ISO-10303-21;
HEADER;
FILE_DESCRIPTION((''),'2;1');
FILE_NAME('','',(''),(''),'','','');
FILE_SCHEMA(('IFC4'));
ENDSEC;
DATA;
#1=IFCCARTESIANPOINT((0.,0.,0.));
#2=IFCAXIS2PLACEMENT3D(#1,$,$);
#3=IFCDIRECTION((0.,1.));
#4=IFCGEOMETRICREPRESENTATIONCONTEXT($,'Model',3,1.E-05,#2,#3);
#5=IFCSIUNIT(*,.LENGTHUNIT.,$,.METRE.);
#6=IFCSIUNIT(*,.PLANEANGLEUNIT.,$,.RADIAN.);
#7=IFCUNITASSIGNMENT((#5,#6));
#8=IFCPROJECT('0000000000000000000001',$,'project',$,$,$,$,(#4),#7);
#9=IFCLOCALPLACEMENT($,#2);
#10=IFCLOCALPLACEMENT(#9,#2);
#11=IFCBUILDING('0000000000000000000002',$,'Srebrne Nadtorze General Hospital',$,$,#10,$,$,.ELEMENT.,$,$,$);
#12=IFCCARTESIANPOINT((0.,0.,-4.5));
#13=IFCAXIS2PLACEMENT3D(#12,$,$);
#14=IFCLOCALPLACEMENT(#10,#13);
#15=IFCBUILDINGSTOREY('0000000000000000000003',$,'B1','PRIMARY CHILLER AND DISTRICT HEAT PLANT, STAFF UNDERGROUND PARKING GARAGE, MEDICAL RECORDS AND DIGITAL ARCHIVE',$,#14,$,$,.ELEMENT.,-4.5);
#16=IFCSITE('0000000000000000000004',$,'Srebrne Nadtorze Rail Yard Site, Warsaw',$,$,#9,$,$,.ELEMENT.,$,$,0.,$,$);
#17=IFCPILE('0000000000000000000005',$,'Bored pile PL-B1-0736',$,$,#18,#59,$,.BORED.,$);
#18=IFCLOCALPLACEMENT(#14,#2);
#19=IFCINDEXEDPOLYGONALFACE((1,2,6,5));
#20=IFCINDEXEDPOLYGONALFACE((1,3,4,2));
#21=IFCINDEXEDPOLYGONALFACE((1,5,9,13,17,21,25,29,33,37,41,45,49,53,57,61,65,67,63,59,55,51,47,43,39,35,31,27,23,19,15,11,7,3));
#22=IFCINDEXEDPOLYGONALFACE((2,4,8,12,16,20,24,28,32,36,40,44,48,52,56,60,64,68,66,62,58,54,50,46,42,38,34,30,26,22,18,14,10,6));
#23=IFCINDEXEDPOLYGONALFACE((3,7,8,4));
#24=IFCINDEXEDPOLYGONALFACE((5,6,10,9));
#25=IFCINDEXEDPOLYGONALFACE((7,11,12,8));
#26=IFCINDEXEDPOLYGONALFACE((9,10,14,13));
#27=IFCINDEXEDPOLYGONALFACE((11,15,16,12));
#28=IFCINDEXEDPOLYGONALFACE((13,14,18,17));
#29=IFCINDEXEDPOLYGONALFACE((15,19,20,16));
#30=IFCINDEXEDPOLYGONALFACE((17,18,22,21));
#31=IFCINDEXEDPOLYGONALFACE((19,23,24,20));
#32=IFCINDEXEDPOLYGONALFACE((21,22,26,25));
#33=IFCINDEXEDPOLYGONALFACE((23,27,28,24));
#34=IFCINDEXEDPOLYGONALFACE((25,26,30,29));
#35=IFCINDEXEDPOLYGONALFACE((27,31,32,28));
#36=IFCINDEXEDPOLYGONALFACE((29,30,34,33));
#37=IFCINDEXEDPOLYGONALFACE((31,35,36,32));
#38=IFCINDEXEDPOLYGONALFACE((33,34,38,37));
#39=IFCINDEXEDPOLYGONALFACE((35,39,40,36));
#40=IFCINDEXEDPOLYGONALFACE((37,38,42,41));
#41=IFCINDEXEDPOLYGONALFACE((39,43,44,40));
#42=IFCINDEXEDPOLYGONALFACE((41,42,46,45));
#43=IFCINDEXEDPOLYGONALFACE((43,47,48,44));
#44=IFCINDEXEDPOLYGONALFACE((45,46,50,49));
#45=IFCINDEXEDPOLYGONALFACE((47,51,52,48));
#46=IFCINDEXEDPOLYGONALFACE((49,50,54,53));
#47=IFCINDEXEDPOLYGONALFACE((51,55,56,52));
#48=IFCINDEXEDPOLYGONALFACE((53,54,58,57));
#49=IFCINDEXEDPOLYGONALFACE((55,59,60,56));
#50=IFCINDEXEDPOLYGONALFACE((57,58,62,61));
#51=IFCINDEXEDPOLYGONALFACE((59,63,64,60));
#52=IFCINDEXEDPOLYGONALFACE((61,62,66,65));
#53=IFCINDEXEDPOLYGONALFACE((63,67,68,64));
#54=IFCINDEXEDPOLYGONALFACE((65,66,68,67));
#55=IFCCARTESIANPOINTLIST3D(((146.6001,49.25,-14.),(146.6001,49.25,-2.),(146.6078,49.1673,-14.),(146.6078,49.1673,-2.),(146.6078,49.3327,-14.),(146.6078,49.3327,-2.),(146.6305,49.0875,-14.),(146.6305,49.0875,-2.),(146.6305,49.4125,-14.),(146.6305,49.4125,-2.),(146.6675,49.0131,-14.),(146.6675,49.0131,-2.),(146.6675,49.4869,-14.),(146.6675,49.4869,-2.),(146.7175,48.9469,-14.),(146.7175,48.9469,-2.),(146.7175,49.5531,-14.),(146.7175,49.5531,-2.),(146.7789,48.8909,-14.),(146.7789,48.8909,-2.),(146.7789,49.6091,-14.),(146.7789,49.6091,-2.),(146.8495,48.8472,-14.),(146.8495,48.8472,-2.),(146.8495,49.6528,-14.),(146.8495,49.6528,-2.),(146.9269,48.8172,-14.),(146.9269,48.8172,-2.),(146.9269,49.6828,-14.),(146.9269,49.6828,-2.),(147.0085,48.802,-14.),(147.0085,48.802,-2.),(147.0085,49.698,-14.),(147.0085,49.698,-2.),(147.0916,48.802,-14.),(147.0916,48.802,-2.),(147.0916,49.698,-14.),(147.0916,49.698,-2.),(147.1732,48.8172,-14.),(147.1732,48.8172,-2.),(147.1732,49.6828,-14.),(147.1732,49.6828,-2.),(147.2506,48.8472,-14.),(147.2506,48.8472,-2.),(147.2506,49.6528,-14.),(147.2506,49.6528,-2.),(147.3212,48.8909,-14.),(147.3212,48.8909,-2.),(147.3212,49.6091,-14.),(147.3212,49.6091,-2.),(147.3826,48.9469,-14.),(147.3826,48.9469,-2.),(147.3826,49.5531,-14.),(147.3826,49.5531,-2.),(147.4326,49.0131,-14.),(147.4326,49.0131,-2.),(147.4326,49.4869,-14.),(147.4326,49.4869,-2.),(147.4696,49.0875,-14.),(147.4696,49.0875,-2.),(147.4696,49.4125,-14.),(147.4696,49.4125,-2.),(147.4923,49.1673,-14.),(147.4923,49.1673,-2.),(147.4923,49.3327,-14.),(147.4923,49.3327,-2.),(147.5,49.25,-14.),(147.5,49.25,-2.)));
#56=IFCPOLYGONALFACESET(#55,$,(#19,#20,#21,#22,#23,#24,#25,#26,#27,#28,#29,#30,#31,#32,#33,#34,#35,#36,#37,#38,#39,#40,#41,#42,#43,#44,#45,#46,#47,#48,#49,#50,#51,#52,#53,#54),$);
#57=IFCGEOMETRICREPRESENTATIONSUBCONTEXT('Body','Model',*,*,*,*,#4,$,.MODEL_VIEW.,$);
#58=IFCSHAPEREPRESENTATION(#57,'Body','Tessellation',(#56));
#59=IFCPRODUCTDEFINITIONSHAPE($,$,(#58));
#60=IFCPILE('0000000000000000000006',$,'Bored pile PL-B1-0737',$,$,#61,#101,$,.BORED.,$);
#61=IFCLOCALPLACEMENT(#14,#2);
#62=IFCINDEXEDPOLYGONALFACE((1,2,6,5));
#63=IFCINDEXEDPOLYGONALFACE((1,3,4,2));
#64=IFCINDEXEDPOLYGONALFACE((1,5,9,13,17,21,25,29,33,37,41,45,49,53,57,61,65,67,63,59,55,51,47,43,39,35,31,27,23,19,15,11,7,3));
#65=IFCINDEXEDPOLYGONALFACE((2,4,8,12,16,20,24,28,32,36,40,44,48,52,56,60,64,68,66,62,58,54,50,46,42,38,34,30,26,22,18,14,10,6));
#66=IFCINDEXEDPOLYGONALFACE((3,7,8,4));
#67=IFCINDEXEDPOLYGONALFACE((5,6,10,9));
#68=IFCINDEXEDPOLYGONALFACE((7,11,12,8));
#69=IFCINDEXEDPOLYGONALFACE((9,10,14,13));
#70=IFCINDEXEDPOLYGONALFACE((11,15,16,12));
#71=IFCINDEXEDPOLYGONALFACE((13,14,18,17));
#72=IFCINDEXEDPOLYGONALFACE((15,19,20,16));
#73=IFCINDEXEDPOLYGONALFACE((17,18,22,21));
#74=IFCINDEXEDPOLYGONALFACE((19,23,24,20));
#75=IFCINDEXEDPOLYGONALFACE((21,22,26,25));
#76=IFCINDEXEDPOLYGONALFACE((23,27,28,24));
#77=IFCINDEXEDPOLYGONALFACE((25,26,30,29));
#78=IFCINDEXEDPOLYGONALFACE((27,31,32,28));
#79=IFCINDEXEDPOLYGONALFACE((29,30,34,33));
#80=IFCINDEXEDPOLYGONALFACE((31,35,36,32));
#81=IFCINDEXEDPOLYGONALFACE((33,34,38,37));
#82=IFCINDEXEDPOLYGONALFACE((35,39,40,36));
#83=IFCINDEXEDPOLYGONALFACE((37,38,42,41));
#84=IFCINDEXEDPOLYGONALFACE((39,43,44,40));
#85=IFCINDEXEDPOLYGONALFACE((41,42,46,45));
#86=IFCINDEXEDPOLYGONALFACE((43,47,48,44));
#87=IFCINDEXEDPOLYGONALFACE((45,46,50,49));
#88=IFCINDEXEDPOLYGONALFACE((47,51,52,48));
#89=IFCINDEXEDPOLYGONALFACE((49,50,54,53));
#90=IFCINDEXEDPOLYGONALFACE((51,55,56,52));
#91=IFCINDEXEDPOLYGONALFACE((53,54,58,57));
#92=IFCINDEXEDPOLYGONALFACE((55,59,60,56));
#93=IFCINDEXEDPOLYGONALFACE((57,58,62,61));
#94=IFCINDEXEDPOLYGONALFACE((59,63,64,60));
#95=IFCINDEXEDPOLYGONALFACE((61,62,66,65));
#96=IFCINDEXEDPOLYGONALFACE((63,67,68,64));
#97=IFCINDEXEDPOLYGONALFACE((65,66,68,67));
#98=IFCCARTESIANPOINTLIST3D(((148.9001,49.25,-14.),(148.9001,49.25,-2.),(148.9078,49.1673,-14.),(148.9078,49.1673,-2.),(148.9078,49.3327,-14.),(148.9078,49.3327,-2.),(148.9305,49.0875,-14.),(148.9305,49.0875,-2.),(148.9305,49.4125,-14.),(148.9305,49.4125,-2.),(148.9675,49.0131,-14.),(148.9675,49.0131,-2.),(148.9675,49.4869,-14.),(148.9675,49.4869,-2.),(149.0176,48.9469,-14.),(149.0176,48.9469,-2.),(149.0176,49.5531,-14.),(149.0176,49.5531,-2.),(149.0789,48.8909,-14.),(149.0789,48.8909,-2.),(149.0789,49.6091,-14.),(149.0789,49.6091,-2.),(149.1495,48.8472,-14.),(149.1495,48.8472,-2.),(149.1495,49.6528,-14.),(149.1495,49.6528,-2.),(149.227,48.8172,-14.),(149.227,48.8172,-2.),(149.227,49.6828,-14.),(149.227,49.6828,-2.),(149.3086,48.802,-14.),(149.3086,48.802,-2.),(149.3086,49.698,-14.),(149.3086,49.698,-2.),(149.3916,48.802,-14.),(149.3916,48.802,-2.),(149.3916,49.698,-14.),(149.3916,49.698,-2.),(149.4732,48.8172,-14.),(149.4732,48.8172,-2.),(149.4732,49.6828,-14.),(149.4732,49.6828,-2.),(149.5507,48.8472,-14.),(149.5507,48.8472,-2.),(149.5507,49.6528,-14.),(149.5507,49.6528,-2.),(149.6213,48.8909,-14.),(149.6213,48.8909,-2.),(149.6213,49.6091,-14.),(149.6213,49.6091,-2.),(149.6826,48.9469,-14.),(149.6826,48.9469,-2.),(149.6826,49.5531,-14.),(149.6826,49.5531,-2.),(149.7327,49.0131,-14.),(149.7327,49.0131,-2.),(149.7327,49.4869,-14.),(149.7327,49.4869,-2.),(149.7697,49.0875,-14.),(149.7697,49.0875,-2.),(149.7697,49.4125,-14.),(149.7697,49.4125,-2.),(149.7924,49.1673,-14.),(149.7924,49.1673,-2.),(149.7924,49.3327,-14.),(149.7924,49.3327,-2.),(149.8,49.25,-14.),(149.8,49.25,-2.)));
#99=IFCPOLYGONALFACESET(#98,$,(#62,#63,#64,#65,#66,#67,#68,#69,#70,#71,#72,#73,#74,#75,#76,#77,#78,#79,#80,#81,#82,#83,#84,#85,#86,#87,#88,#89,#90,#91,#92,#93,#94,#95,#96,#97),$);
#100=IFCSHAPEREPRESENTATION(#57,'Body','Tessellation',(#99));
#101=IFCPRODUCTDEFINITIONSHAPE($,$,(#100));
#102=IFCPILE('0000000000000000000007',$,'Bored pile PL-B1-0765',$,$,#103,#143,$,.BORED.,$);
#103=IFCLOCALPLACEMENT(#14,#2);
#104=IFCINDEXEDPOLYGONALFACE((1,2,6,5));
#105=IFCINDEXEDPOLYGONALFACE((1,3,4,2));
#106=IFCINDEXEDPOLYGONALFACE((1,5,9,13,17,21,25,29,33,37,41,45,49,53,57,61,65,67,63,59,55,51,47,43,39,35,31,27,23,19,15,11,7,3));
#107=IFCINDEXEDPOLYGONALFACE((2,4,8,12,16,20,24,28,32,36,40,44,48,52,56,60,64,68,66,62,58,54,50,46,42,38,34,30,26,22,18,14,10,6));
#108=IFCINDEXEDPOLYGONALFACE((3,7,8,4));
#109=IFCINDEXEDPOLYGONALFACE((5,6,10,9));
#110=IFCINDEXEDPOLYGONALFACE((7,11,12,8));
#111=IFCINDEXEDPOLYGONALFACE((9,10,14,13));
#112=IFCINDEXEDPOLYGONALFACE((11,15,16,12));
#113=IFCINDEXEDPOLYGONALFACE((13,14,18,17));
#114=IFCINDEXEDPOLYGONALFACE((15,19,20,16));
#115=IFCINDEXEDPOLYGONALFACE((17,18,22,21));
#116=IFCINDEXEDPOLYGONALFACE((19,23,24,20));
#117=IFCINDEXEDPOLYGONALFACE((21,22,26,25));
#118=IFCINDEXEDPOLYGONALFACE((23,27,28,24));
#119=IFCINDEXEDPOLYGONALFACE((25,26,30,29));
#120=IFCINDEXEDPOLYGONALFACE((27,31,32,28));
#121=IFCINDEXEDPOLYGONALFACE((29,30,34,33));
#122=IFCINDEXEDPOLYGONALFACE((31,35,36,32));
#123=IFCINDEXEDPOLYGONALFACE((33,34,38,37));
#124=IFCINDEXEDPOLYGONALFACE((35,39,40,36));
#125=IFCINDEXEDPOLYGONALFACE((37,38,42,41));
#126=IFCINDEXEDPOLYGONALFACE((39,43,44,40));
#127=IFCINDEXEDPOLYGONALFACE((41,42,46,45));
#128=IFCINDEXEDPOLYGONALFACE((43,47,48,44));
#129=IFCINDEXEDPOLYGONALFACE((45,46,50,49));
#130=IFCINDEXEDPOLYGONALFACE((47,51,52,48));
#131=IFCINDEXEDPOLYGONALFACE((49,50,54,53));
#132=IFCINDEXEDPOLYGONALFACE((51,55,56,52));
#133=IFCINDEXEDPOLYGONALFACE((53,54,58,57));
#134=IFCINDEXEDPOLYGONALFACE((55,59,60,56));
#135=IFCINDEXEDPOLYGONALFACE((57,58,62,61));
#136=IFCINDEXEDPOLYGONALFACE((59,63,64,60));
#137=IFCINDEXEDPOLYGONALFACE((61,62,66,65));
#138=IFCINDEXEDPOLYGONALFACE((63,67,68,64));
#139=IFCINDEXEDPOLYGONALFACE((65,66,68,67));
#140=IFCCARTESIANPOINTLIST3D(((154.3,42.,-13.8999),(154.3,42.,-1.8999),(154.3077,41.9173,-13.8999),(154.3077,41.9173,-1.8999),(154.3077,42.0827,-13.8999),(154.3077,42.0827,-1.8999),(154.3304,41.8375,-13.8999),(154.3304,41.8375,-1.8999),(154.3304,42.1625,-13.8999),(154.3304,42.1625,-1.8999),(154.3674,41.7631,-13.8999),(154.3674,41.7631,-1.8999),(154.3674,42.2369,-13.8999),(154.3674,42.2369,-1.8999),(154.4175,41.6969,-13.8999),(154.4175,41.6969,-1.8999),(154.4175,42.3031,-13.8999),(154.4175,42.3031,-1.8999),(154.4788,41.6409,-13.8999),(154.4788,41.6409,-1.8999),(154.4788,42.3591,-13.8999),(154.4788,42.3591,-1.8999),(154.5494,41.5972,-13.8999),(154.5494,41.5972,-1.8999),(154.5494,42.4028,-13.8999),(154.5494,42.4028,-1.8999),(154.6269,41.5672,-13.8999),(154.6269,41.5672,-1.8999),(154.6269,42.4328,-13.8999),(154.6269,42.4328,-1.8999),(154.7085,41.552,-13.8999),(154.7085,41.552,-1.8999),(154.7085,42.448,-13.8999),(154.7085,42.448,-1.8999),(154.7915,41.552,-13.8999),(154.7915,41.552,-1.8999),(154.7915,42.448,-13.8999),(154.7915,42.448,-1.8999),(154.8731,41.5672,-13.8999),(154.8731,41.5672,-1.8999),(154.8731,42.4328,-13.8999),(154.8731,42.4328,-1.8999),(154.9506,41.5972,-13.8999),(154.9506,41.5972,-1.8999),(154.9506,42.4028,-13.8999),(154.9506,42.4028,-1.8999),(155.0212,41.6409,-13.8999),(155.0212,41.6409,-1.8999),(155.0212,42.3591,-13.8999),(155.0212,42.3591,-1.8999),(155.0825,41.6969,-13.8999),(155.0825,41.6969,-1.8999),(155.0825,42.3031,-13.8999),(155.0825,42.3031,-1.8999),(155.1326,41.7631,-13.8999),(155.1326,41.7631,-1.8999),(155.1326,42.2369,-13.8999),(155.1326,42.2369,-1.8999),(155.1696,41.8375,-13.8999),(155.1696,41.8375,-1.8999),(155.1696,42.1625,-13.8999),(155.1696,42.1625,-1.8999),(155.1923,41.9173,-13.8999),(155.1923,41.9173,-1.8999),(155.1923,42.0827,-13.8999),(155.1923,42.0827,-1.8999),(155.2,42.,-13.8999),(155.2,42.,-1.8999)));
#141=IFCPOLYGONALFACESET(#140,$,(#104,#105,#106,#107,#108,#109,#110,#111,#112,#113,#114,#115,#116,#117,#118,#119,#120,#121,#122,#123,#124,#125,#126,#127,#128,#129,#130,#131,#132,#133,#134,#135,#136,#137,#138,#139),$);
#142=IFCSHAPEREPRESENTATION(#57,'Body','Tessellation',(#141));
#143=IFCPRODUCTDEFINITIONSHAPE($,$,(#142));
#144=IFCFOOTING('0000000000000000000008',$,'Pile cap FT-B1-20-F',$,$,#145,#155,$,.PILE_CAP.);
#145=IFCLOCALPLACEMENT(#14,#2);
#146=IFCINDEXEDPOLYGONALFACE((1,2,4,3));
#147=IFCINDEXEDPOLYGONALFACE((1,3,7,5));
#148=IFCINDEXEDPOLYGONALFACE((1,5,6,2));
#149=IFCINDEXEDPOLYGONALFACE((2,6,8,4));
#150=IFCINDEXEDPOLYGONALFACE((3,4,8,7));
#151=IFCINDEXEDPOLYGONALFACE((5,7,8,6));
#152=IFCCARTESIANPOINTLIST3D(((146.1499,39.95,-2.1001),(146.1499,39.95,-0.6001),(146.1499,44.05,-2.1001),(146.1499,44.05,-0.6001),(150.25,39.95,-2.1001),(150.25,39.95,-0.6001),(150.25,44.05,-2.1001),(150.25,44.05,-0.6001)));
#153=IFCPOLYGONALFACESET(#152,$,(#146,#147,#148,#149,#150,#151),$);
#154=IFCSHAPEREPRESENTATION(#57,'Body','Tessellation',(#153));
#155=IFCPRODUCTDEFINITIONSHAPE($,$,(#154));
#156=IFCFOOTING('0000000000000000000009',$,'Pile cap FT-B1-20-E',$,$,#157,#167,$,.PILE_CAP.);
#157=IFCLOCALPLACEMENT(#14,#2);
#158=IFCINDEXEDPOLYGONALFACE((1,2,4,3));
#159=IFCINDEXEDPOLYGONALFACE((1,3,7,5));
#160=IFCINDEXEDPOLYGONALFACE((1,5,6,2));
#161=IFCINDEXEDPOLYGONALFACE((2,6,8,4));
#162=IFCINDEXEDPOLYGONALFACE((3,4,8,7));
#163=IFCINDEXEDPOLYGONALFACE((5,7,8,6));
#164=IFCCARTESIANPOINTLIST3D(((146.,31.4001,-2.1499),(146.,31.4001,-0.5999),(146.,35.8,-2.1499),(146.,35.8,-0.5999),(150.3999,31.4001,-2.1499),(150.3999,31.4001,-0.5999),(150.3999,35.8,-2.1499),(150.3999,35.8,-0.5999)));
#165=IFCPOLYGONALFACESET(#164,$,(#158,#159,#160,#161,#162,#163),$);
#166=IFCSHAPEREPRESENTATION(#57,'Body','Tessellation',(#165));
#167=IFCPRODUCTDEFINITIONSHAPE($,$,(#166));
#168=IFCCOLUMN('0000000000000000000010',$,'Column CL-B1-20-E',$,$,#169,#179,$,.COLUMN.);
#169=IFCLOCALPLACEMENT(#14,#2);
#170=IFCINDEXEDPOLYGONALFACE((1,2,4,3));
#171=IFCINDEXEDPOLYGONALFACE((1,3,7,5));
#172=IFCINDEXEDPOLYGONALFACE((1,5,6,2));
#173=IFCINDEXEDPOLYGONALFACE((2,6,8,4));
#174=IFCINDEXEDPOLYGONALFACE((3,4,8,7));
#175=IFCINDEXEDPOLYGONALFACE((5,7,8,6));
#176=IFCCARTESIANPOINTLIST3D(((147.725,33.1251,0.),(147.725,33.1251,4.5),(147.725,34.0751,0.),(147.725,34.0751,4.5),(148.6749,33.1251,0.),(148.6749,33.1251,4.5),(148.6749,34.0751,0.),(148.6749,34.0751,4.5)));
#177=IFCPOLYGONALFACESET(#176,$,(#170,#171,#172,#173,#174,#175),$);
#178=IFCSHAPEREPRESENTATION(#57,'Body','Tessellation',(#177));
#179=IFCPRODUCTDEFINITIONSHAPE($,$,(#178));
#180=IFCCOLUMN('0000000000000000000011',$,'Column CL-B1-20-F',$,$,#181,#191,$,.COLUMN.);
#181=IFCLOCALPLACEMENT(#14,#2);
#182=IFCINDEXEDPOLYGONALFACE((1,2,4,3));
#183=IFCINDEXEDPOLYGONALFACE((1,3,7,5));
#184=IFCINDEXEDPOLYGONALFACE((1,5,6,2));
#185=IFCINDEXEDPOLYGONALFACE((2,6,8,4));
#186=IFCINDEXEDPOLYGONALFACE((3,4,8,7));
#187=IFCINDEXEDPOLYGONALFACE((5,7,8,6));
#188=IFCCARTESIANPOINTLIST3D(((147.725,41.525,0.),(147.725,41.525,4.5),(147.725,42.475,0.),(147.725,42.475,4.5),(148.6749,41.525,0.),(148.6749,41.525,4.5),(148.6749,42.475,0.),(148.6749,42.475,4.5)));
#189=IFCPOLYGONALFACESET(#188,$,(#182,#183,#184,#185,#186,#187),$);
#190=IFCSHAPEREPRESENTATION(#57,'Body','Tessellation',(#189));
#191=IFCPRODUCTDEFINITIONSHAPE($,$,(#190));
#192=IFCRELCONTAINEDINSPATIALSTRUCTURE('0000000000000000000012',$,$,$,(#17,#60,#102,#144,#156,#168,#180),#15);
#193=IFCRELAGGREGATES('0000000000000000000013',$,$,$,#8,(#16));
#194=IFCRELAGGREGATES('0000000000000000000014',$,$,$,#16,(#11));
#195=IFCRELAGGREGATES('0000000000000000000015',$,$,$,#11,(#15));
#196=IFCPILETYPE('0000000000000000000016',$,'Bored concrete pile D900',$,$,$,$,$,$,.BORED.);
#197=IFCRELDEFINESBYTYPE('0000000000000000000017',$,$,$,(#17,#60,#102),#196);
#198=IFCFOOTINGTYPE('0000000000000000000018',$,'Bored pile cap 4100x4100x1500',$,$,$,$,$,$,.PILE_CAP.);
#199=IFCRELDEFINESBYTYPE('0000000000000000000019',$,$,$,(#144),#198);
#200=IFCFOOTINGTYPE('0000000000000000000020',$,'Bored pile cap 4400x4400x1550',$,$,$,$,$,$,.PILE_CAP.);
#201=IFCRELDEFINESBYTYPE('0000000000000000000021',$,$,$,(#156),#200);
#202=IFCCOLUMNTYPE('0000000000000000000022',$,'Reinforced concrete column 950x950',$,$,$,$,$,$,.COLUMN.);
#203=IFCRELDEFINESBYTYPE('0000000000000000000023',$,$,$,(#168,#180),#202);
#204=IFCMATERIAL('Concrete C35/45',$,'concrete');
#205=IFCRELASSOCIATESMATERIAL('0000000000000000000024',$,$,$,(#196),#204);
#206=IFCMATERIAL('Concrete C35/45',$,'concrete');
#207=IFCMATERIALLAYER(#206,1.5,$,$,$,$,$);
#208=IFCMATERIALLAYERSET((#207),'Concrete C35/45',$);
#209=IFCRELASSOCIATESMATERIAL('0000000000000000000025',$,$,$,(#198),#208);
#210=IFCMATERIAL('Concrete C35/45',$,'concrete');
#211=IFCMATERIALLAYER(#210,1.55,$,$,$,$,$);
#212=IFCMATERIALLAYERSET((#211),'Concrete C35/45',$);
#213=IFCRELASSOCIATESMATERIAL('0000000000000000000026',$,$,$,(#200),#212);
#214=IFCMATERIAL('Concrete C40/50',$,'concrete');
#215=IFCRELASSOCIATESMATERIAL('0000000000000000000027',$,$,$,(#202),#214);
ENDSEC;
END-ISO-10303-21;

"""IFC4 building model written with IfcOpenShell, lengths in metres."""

from ifc_helpers import new_model, si_unit, direction, frame, origin, origin_2d, place, context, subcontext, project, spatial, rectangle, circle, extrude, material, layer, layer_set, material_profile, profile_set, type_object, element, save


model = new_model("IFC4")

# Units and contexts
model_context = context("Model", 3, precision=1e-05, world=origin(), true_north=direction((0.0, 1.0)))
body_context = subcontext(model_context, "Body", "Model", "MODEL_VIEW")
ifc_project = project(units=[si_unit("LENGTHUNIT", "METRE"), si_unit("PLANEANGLEUNIT", "RADIAN")], contexts=[model_context])

# Site, building, storey
site_placement = place(None, origin())
site = spatial("IfcSite", under=ifc_project, at=site_placement, Name="Srebrne Nadtorze Rail Yard Site, Warsaw", CompositionType="ELEMENT", RefElevation=0.0)
building_placement = place(site_placement, origin())
building = spatial("IfcBuilding", under=site, at=building_placement, Name="Srebrne Nadtorze General Hospital", CompositionType="ELEMENT")
storey_placement = place(building_placement, frame((0.0, 0.0, -4.5)))
storey = spatial("IfcBuildingStorey", under=building, at=storey_placement, Name="B1", Description="PRIMARY CHILLER AND DISTRICT HEAT PLANT, STAFF UNDERGROUND PARKING GARAGE, MEDICAL RECORDS AND DIGITAL ARCHIVE", CompositionType="ELEMENT", Elevation=-4.5)

# Piles
ifc_material_1 = material(Name="Concrete C35/45", Category="concrete")
ifc_material_profile_1 = material_profile(ifc_material_1, circle(Radius=0.45, at=origin_2d()), Name="PILE-D900")
ifc_profile_set_1 = profile_set([ifc_material_profile_1], Name="Concrete C35/45")
pile_type_1 = type_object("IfcPileType", Name="Bored concrete pile D900", PredefinedType="BORED", material=ifc_profile_set_1)
for number, where, z_axis, x_axis, name in (
    (1, (147.05, 49.25, -2.0), (0.0, 0.0, -1.0), (1.0, 0.0, 0.0), "Bored pile PL-B1-0736"),
    (2, (149.3501, 49.25, -2.0), (0.0, 0.0, -1.0), (1.0, 0.0, 0.0), "Bored pile PL-B1-0737"),
    (3, (154.75, 42.0, -1.8999), (0.0, 0.0, -1.0), (1.0, 0.0, 0.0), "Bored pile PL-B1-0765"),
):
    element("IfcPile", number, at=place(storey_placement, frame(where, z_axis=z_axis, x_axis=x_axis)), inside=storey, type_object=pile_type_1, Name=name, PredefinedType="BORED", context=body_context, shape_type="SweptSolid", body=[
        extrude(circle(Radius=0.45, at=origin_2d()), origin(), (0.0, 0.0, 1.0), 12.0),
    ])

# Footings
ifc_material_2 = material(Name="Concrete C35/45", Category="concrete")
ifc_layer_1 = layer(ifc_material_2, 1.5)
ifc_layer_set_1 = layer_set([ifc_layer_1], Name="Concrete C35/45")
footing_type_1 = type_object("IfcFootingType", Name="Bored pile cap 4100x4100x1500", PredefinedType="PILE_CAP", material=ifc_layer_set_1)
footing_1_placement = place(storey_placement, frame((148.2, 42.0, -2.1001), z_axis=(0.0, 0.0, 1.0), x_axis=(1.0, 0.0, 0.0)))
element("IfcFooting", 4, at=footing_1_placement, inside=storey, type_object=footing_type_1, Name="Pile cap FT-B1-20-F", PredefinedType="PILE_CAP", context=body_context, shape_type="SweptSolid", body=[
    extrude(rectangle(XDim=4.1001, YDim=4.1001, at=origin_2d()), origin(), (0.0, 0.0, 1.0), 1.5),
])
ifc_material_3 = material(Name="Concrete C35/45", Category="concrete")
ifc_layer_2 = layer(ifc_material_3, 1.55)
ifc_layer_set_2 = layer_set([ifc_layer_2], Name="Concrete C35/45")
footing_type_2 = type_object("IfcFootingType", Name="Bored pile cap 4400x4400x1550", PredefinedType="PILE_CAP", material=ifc_layer_set_2)
footing_2_placement = place(storey_placement, frame((148.2, 33.6001, -2.1499), z_axis=(0.0, 0.0, 1.0), x_axis=(1.0, 0.0, 0.0)))
element("IfcFooting", 5, at=footing_2_placement, inside=storey, type_object=footing_type_2, Name="Pile cap FT-B1-20-E", PredefinedType="PILE_CAP", context=body_context, shape_type="SweptSolid", body=[
    extrude(rectangle(XDim=4.3999, YDim=4.3999, at=origin_2d()), origin(), (0.0, 0.0, 1.0), 1.55),
])

# Columns
ifc_material_4 = material(Name="Concrete C40/50", Category="concrete")
ifc_material_profile_2 = material_profile(ifc_material_4, rectangle(XDim=0.95, YDim=0.95, at=origin_2d()), Name="RC-COL-950x950")
ifc_profile_set_2 = profile_set([ifc_material_profile_2], Name="Concrete C40/50")
column_type = type_object("IfcColumnType", Name="Reinforced concrete column 950x950", PredefinedType="COLUMN", material=ifc_profile_set_2)
for number, where, z_axis, x_axis, name in (
    (6, (148.2, 33.6001, 0.0), (0.0, 0.0, 1.0), (1.0, 0.0, 0.0), "Column CL-B1-20-E"),
    (7, (148.2, 42.0, 0.0), (0.0, 0.0, 1.0), (1.0, 0.0, 0.0), "Column CL-B1-20-F"),
):
    element("IfcColumn", number, at=place(storey_placement, frame(where, z_axis=z_axis, x_axis=x_axis)), inside=storey, type_object=column_type, Name=name, PredefinedType="COLUMN", context=body_context, shape_type="SweptSolid", body=[
        extrude(rectangle(XDim=0.95, YDim=0.95, at=origin_2d()), origin(), (0.0, 0.0, 1.0), 4.5),
    ])

save(model, "model.ifc")
